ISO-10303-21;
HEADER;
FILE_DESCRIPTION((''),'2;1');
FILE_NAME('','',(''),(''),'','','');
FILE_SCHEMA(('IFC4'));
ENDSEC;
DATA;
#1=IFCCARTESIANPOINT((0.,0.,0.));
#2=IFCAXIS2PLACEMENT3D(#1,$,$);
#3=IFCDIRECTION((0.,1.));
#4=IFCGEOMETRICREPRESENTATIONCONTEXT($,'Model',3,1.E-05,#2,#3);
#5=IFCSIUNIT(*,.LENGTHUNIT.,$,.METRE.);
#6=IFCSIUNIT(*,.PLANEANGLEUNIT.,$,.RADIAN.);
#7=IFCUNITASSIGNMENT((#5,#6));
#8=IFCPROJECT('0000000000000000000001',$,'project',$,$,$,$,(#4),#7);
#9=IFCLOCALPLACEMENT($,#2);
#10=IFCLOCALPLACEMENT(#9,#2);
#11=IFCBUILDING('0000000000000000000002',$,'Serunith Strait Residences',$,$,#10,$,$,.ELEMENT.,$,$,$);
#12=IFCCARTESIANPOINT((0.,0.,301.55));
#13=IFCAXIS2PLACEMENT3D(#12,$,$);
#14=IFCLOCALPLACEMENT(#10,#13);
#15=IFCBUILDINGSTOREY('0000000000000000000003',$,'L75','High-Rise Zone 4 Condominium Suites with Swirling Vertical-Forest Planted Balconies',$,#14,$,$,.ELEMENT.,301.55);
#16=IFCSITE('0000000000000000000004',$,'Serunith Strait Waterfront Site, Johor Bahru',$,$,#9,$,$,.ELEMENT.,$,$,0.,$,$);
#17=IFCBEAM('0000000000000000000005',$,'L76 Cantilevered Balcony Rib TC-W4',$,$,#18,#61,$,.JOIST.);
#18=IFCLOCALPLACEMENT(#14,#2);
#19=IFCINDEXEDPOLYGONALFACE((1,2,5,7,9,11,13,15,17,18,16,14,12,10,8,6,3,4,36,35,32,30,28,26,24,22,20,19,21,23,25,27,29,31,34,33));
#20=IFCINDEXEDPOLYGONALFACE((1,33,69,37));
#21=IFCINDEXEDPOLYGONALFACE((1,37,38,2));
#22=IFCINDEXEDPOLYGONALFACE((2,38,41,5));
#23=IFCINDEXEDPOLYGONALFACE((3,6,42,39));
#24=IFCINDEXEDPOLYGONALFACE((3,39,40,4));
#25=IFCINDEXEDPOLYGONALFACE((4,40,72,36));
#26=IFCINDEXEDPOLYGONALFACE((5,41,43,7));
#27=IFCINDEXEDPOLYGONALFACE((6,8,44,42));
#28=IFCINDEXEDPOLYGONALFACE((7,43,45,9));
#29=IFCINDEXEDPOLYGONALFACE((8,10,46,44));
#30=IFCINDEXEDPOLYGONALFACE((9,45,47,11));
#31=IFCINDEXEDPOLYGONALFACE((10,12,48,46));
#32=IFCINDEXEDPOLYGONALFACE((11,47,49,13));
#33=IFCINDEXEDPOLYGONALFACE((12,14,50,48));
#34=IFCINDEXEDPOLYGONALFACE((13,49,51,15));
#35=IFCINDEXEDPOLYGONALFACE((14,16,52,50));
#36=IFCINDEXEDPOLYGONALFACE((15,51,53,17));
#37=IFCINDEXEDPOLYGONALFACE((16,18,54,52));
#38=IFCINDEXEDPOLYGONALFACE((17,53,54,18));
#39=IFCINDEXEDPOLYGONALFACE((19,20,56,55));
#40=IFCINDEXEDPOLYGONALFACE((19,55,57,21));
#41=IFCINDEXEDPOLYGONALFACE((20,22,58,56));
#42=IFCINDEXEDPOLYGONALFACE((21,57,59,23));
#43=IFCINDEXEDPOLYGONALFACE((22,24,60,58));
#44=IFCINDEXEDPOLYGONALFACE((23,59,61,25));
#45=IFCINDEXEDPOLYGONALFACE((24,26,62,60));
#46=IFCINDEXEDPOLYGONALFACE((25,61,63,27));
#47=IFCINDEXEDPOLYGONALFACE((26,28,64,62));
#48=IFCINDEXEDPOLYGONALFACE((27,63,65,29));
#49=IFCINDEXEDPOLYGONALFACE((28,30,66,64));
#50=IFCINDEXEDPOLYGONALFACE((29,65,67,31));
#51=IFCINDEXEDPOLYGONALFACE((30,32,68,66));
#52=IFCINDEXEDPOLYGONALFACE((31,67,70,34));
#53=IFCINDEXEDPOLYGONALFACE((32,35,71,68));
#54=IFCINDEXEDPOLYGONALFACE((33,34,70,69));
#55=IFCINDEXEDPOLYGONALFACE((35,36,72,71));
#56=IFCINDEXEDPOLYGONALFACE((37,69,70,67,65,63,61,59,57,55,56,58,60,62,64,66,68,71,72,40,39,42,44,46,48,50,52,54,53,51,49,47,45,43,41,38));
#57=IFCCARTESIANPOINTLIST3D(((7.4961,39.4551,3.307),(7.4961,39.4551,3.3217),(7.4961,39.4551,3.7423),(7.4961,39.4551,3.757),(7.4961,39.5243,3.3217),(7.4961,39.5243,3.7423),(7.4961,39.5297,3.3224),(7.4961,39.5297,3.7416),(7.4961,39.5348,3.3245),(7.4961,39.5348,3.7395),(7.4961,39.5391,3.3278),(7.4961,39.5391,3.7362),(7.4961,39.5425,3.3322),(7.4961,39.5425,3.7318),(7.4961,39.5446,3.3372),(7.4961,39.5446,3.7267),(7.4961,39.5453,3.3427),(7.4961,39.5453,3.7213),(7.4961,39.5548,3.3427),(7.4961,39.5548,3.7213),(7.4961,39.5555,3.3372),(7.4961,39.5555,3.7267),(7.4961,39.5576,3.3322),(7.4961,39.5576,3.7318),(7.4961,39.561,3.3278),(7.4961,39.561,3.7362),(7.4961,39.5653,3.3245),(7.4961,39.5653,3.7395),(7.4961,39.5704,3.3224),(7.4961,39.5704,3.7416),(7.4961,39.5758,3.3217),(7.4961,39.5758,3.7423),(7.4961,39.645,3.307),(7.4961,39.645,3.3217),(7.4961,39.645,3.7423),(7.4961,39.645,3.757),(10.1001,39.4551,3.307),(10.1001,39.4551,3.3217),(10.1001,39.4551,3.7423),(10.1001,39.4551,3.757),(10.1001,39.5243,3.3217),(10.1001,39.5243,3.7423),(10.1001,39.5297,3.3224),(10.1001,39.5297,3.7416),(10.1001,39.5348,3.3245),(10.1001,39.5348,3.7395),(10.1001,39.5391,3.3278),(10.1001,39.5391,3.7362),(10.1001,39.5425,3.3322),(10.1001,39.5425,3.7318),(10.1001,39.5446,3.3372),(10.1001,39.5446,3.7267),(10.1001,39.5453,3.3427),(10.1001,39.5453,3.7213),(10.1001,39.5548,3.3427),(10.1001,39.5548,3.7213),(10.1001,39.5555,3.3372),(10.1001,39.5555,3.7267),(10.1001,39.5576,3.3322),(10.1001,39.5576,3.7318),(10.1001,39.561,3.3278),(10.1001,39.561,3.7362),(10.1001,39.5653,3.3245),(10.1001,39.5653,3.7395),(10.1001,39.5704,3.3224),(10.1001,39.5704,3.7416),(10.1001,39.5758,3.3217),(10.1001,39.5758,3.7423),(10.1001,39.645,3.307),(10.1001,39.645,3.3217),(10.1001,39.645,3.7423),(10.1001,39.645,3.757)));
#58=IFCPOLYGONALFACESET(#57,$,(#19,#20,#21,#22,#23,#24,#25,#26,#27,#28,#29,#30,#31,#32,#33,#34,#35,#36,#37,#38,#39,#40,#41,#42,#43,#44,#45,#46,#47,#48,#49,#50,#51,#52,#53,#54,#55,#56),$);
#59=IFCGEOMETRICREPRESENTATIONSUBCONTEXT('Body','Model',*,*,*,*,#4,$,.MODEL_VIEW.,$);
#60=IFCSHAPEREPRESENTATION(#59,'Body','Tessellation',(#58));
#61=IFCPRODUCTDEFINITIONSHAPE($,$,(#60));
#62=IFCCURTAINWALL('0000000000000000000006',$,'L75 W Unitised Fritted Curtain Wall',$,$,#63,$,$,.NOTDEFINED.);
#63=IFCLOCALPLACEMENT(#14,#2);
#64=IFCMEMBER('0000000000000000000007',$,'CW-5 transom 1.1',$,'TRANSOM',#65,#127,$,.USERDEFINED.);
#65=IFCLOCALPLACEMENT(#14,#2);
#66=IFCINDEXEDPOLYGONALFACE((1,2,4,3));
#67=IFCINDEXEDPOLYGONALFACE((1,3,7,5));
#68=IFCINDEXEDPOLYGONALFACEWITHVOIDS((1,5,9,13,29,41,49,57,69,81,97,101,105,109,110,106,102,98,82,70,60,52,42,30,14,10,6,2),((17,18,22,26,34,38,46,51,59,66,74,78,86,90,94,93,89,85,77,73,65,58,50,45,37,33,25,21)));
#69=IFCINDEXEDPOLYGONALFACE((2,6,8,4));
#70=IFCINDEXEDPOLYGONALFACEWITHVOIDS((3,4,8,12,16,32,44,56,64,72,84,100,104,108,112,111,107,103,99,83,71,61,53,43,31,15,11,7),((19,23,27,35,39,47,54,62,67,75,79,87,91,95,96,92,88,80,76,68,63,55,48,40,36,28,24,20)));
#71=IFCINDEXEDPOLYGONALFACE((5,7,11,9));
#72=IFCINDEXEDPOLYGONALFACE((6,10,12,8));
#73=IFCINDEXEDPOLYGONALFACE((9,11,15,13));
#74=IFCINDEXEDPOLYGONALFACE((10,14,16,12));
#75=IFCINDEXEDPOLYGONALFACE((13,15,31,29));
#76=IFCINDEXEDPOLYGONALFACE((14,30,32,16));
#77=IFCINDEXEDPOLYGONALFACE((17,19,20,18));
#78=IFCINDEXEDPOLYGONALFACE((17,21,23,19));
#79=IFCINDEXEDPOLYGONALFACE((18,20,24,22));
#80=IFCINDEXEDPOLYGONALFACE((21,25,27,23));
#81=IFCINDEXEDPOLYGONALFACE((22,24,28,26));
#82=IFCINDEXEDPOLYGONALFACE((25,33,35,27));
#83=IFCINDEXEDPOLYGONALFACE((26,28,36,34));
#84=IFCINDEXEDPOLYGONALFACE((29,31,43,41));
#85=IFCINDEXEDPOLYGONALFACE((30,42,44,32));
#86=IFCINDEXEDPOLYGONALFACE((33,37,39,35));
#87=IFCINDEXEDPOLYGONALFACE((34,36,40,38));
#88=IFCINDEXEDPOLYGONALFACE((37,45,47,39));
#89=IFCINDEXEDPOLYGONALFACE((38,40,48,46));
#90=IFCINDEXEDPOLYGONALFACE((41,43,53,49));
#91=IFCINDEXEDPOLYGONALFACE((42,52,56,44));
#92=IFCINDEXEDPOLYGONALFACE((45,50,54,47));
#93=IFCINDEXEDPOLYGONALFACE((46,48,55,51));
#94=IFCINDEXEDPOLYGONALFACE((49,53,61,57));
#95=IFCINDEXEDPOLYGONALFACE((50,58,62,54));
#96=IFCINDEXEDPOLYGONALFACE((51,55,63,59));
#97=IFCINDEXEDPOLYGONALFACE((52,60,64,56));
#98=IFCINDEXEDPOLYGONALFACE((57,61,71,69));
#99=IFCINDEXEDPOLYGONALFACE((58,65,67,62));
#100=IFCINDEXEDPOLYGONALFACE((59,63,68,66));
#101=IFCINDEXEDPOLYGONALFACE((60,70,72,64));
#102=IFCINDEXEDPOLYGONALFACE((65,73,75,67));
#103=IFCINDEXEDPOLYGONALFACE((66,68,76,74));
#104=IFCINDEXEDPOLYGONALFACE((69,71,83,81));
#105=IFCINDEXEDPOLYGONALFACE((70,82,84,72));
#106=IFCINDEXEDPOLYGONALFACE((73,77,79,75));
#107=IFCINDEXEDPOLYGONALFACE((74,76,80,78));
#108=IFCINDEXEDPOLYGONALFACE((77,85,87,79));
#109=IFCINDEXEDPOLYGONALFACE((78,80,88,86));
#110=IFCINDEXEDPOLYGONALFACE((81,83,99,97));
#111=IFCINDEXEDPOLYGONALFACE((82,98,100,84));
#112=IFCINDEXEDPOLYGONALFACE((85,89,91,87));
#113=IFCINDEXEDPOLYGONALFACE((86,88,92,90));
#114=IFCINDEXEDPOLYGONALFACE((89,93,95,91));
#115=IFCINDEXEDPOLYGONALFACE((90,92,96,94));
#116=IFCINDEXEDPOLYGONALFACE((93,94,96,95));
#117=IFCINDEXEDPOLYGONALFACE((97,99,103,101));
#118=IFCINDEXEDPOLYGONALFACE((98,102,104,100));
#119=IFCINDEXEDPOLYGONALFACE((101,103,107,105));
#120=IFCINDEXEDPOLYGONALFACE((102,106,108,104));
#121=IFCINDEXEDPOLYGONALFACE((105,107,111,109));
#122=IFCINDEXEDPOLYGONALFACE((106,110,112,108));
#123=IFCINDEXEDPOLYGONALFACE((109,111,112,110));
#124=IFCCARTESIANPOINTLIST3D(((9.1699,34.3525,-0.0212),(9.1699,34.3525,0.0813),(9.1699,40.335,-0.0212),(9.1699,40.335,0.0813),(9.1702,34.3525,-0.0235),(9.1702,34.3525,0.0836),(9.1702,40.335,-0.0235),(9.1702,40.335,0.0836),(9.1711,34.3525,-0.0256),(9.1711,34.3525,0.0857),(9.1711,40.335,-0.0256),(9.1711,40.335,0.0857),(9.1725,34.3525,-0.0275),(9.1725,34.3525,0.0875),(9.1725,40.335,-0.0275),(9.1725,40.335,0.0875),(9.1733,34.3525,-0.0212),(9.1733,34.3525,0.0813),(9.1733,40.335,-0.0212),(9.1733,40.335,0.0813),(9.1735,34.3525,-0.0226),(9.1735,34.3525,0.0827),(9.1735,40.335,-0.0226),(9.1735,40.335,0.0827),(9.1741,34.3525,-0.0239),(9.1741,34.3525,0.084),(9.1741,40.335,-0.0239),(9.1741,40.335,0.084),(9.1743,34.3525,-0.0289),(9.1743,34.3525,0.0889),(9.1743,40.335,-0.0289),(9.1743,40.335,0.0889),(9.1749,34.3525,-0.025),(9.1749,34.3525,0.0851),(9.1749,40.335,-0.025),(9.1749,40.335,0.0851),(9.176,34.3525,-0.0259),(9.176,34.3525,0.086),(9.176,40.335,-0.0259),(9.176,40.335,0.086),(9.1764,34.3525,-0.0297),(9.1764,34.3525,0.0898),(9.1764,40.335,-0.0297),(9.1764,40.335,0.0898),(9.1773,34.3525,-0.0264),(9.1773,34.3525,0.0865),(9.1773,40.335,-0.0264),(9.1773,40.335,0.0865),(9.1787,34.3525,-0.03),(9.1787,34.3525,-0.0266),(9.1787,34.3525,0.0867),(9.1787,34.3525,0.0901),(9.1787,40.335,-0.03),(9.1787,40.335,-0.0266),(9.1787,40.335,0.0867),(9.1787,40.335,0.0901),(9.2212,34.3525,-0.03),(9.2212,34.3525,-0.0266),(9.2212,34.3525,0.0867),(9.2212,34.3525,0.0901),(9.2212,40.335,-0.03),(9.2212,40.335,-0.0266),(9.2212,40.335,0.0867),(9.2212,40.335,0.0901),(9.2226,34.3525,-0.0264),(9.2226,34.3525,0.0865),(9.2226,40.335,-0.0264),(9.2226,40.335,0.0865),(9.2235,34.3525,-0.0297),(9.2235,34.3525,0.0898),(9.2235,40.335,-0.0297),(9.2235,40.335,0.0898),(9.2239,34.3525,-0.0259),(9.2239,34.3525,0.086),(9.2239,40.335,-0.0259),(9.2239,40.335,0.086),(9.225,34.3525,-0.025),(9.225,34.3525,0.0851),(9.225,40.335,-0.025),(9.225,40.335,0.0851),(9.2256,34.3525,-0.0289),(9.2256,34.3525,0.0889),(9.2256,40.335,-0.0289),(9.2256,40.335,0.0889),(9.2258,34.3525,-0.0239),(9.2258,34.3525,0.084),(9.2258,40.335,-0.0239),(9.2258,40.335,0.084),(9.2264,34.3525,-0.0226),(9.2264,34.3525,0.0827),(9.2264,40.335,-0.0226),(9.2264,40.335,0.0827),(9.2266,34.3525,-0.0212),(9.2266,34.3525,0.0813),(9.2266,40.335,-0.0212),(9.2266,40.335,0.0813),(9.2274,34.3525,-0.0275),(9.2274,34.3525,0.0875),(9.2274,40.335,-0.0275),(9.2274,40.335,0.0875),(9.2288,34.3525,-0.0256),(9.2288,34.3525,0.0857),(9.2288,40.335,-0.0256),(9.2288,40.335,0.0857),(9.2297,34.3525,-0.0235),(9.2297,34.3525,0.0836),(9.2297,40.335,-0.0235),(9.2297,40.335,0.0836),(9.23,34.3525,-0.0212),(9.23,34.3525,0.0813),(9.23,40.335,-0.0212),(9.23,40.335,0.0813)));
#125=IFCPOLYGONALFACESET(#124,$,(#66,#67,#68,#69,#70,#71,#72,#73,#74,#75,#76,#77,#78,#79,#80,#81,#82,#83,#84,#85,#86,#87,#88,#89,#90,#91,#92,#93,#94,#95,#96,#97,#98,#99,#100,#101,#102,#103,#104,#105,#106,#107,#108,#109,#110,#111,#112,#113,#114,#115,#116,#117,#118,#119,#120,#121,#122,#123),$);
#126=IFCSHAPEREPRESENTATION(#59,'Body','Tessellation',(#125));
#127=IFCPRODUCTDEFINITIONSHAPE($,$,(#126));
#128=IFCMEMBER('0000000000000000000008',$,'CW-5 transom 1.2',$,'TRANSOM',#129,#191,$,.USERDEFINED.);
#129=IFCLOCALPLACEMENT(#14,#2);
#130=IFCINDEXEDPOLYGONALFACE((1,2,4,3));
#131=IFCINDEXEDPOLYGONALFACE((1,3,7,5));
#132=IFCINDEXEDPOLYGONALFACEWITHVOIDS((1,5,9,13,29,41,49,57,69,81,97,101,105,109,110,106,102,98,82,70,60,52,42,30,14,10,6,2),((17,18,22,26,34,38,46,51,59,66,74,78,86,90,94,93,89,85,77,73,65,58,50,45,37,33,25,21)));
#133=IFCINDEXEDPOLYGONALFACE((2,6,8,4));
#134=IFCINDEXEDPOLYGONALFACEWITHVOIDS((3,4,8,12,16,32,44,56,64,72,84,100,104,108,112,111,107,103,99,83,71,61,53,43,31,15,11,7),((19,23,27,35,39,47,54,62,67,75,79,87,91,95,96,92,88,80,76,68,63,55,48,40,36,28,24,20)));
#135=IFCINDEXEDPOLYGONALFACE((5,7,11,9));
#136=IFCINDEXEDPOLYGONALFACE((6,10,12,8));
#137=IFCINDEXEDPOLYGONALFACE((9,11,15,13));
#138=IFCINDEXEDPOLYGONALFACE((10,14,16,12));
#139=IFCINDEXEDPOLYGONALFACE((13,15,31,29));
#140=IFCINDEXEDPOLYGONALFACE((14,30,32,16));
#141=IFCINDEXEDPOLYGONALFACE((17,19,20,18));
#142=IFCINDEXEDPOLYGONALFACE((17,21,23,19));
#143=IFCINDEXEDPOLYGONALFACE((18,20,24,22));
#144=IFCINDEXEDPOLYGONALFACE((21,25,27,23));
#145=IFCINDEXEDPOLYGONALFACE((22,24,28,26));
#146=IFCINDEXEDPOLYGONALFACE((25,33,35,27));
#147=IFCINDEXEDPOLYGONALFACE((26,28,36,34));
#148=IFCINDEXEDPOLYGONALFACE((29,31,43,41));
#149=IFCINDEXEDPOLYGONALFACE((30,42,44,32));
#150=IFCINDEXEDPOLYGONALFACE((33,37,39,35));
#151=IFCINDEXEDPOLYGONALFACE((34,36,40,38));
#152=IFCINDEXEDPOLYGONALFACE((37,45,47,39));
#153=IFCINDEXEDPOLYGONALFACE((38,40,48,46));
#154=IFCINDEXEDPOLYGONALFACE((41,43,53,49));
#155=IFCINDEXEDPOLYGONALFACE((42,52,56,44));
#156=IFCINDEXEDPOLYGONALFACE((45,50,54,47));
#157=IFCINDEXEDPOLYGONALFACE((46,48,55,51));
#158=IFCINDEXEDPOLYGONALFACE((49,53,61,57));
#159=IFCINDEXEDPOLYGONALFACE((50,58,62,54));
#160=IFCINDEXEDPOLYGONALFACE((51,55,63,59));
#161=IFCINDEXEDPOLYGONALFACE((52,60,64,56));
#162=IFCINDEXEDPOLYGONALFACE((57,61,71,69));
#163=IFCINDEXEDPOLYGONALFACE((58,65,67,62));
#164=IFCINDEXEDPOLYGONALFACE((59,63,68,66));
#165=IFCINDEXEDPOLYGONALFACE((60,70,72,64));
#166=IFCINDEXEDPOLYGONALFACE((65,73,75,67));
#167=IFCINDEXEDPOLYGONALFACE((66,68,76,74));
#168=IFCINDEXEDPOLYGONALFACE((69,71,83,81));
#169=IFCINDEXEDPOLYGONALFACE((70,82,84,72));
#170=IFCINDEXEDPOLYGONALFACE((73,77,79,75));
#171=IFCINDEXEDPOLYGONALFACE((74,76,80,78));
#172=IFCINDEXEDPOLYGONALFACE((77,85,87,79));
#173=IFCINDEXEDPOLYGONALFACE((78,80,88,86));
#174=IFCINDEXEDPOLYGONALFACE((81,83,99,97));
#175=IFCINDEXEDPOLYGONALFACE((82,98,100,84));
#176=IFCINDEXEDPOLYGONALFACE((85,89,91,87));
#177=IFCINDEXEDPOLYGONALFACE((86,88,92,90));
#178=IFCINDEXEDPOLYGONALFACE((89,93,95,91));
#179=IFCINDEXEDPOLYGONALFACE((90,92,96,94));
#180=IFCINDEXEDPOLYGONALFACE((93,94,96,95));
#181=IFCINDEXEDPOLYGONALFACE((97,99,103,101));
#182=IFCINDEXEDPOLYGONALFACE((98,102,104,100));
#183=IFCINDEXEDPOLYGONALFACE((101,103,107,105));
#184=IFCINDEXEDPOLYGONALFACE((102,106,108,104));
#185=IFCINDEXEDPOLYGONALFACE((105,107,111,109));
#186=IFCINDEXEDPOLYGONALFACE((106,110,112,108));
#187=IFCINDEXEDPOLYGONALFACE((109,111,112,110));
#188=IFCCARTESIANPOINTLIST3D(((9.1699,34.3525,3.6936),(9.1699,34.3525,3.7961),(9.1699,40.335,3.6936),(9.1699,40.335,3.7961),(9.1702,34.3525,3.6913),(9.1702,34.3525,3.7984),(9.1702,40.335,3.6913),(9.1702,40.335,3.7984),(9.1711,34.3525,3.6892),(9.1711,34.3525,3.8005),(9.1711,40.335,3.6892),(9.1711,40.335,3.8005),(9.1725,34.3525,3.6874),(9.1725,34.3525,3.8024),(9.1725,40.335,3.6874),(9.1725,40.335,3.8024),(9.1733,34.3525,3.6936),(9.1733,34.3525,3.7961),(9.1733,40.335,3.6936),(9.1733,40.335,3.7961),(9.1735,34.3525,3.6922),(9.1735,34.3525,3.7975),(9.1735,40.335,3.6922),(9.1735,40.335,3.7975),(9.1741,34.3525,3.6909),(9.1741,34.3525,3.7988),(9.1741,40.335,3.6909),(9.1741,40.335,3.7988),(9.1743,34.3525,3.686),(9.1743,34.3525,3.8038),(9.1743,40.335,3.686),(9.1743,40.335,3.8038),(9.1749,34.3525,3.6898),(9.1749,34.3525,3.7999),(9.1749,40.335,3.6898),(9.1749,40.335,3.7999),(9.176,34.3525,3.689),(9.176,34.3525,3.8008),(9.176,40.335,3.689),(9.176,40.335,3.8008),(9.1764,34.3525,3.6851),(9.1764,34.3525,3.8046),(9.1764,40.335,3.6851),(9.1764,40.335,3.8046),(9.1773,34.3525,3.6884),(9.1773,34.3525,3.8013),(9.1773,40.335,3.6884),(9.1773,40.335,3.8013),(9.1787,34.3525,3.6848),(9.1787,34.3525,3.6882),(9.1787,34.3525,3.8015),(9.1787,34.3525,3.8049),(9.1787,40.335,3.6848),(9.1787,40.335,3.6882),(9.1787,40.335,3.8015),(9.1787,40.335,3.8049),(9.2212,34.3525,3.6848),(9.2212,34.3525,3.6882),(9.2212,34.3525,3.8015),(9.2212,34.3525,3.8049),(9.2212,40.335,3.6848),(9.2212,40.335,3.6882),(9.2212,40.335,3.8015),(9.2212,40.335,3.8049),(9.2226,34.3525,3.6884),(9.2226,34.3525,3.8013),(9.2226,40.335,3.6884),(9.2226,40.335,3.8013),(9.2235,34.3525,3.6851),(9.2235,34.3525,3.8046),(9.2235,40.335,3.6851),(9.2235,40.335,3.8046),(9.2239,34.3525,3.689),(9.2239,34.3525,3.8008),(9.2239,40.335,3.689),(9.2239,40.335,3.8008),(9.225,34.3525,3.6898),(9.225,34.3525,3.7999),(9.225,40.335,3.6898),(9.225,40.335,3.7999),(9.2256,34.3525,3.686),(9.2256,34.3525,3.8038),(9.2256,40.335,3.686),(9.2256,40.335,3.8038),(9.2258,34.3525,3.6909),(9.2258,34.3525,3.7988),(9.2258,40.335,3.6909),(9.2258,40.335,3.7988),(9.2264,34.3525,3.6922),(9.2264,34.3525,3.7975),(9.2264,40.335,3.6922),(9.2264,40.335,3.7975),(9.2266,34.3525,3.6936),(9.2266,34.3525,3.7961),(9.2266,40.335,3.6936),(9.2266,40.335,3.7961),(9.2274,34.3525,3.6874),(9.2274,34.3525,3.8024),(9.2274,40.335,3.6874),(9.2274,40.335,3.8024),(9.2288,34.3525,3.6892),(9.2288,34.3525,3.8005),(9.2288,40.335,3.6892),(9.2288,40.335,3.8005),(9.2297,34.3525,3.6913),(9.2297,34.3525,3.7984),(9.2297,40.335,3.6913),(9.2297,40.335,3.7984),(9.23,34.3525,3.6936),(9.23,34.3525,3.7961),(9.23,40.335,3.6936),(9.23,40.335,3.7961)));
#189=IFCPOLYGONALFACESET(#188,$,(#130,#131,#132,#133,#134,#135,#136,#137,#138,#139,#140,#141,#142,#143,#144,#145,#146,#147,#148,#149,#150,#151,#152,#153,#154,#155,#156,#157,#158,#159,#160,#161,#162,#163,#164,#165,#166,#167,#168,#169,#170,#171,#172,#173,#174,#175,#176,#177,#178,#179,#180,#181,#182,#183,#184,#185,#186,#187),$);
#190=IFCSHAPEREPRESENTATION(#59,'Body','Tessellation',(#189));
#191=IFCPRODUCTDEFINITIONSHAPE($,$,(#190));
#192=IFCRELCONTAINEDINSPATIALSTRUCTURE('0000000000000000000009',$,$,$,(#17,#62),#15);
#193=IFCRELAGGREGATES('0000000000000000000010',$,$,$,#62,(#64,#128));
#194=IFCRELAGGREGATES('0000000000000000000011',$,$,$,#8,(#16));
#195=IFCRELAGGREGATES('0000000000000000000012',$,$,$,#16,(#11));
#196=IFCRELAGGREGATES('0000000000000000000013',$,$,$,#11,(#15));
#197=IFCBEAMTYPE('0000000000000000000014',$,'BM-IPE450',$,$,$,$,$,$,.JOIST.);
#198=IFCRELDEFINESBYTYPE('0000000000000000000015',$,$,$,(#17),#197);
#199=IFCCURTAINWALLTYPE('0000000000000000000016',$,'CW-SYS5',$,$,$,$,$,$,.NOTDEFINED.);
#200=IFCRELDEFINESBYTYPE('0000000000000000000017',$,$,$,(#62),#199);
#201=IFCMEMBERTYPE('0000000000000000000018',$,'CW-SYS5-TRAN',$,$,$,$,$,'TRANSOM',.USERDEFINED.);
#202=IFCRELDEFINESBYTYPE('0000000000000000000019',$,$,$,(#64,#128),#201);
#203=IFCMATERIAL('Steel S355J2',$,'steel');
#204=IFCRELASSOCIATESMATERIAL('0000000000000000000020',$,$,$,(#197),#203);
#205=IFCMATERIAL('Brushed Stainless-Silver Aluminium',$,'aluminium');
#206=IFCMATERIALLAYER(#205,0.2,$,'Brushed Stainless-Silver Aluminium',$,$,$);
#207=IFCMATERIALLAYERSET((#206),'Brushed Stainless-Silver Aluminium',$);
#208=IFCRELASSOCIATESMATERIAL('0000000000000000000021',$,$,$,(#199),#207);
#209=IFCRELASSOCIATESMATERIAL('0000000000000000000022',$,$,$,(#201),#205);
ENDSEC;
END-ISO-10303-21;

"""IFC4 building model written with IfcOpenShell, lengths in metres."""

from ifc_helpers import new_model, si_unit, direction, frame, origin, origin_2d, place, context, subcontext, project, spatial, hollow_rectangle, i_section, extrude, source, transform, mapped, material, layer, layer_set, material_profile, profile_set, type_object, element, aggregate, save


model = new_model("IFC4")

# Units and contexts
model_context = context("Model", 3, precision=1e-05, world=origin(), true_north=direction((0.0, 1.0)))
body_context = subcontext(model_context, "Body", "Model", "MODEL_VIEW")
ifc_project = project(units=[si_unit("LENGTHUNIT", "METRE"), si_unit("PLANEANGLEUNIT", "RADIAN")], contexts=[model_context])

# Site, building, storey
site_placement = place(None, origin())
site = spatial("IfcSite", under=ifc_project, at=site_placement, Name="Serunith Strait Waterfront Site, Johor Bahru", CompositionType="ELEMENT", RefElevation=0.0)
building_placement = place(site_placement, origin())
building = spatial("IfcBuilding", under=site, at=building_placement, Name="Serunith Strait Residences", CompositionType="ELEMENT")
storey_placement = place(building_placement, frame((0.0, 0.0, 301.55)))
storey = spatial("IfcBuildingStorey", under=building, at=storey_placement, Name="L75", Description="High-Rise Zone 4 Condominium Suites with Swirling Vertical-Forest Planted Balconies", CompositionType="ELEMENT", Elevation=301.55)

# Beam
ifc_material_1 = material(Name="Steel S355J2", Category="steel")
ifc_material_profile_1 = material_profile(ifc_material_1, i_section(OverallWidth=0.1899, OverallDepth=0.45, WebThickness=0.0095, FlangeThickness=0.0146, FilletRadius=0.021, at=origin_2d()), Name="IPE 450")
ifc_profile_set_1 = profile_set([ifc_material_profile_1], Name="Steel S355J2")
beam_type_1 = type_object("IfcBeamType", Name="BM-IPE450", PredefinedType="JOIST", material=ifc_profile_set_1)
shared_shape_1 = source(origin(), body_context, "Body", "SweptSolid", [
    extrude(i_section(OverallWidth=0.1899, OverallDepth=0.45, WebThickness=0.0095, FlangeThickness=0.0146, FilletRadius=0.021, at=origin_2d()), origin(), (0.0, 0.0, 1.0), 2.604),
])
beam_1_placement = place(storey_placement, frame((10.1001, 39.55, 3.532), z_axis=(-1.0, 0.0, 0.0), x_axis=(0.0, -1.0, 0.0)))
element("IfcBeam", 1, at=beam_1_placement, inside=storey, type_object=beam_type_1, Name="L76 Cantilevered Balcony Rib TC-W4", PredefinedType="JOIST", context=body_context, shape_type="MappedRepresentation", body=[
    mapped(shared_shape_1, transform((0.0, 0.0, 0.0), scale=1.0)),
])

# Curtain wall, members
ifc_material_2 = material(Name="Brushed Stainless-Silver Aluminium", Category="aluminium")
ifc_layer_1 = layer(ifc_material_2, 0.2, Name="Brushed Stainless-Silver Aluminium")
ifc_layer_set_1 = layer_set([ifc_layer_1], Name="Brushed Stainless-Silver Aluminium")
curtain_wall_type = type_object("IfcCurtainWallType", Name="CW-SYS5", PredefinedType="NOTDEFINED", material=ifc_layer_set_1)
curtain_wall_1_placement = place(storey_placement, origin())
curtain_wall_1 = element("IfcCurtainWall", 2, at=curtain_wall_1_placement, inside=storey, type_object=curtain_wall_type, Name="L75 W Unitised Fritted Curtain Wall", PredefinedType="NOTDEFINED")
ifc_material_profile_2 = material_profile(ifc_material_2, hollow_rectangle(XDim=0.0601, YDim=0.1201, WallThickness=0.0034, InnerFilletRadius=0.0054, OuterFilletRadius=0.0088, at=origin_2d()), Name="ALU 120x60x3.5")
ifc_profile_set_2 = profile_set([ifc_material_profile_2], Name="Brushed Stainless-Silver Aluminium")
member_type_1 = type_object("IfcMemberType", Name="CW-SYS5-TRAN", ElementType="TRANSOM", PredefinedType="USERDEFINED", material=ifc_profile_set_2)
shared_shape_2 = source(origin(), body_context, "Body", "SweptSolid", [
    extrude(hollow_rectangle(XDim=0.0601, YDim=0.1201, WallThickness=0.0034, InnerFilletRadius=0.0054, OuterFilletRadius=0.0088, at=origin_2d()), origin(), (0.0, 0.0, 1.0), 5.9824),
])
member_1_placement = place(storey_placement, frame((9.2, 40.335, 0.03), z_axis=(0.0, -1.0, 0.0), x_axis=(1.0, 0.0, 0.0)))
member_1 = element("IfcMember", 3, at=member_1_placement, type_object=member_type_1, Name="CW-5 transom 1.1", ObjectType="TRANSOM", PredefinedType="USERDEFINED", context=body_context, shape_type="MappedRepresentation", body=[
    mapped(shared_shape_2, transform((0.0, 0.0, 0.0), scale=1.0)),
])
member_2_placement = place(storey_placement, frame((9.2, 40.335, 3.7449), z_axis=(0.0, -1.0, 0.0), x_axis=(1.0, 0.0, 0.0)))
member_2 = element("IfcMember", 4, at=member_2_placement, type_object=member_type_1, Name="CW-5 transom 1.2", ObjectType="TRANSOM", PredefinedType="USERDEFINED", context=body_context, shape_type="MappedRepresentation", body=[
    mapped(shared_shape_2, transform((0.0, 0.0, 0.0), scale=1.0)),
])

aggregate(curtain_wall_1, [member_1, member_2])

save(model, "model.ifc")
